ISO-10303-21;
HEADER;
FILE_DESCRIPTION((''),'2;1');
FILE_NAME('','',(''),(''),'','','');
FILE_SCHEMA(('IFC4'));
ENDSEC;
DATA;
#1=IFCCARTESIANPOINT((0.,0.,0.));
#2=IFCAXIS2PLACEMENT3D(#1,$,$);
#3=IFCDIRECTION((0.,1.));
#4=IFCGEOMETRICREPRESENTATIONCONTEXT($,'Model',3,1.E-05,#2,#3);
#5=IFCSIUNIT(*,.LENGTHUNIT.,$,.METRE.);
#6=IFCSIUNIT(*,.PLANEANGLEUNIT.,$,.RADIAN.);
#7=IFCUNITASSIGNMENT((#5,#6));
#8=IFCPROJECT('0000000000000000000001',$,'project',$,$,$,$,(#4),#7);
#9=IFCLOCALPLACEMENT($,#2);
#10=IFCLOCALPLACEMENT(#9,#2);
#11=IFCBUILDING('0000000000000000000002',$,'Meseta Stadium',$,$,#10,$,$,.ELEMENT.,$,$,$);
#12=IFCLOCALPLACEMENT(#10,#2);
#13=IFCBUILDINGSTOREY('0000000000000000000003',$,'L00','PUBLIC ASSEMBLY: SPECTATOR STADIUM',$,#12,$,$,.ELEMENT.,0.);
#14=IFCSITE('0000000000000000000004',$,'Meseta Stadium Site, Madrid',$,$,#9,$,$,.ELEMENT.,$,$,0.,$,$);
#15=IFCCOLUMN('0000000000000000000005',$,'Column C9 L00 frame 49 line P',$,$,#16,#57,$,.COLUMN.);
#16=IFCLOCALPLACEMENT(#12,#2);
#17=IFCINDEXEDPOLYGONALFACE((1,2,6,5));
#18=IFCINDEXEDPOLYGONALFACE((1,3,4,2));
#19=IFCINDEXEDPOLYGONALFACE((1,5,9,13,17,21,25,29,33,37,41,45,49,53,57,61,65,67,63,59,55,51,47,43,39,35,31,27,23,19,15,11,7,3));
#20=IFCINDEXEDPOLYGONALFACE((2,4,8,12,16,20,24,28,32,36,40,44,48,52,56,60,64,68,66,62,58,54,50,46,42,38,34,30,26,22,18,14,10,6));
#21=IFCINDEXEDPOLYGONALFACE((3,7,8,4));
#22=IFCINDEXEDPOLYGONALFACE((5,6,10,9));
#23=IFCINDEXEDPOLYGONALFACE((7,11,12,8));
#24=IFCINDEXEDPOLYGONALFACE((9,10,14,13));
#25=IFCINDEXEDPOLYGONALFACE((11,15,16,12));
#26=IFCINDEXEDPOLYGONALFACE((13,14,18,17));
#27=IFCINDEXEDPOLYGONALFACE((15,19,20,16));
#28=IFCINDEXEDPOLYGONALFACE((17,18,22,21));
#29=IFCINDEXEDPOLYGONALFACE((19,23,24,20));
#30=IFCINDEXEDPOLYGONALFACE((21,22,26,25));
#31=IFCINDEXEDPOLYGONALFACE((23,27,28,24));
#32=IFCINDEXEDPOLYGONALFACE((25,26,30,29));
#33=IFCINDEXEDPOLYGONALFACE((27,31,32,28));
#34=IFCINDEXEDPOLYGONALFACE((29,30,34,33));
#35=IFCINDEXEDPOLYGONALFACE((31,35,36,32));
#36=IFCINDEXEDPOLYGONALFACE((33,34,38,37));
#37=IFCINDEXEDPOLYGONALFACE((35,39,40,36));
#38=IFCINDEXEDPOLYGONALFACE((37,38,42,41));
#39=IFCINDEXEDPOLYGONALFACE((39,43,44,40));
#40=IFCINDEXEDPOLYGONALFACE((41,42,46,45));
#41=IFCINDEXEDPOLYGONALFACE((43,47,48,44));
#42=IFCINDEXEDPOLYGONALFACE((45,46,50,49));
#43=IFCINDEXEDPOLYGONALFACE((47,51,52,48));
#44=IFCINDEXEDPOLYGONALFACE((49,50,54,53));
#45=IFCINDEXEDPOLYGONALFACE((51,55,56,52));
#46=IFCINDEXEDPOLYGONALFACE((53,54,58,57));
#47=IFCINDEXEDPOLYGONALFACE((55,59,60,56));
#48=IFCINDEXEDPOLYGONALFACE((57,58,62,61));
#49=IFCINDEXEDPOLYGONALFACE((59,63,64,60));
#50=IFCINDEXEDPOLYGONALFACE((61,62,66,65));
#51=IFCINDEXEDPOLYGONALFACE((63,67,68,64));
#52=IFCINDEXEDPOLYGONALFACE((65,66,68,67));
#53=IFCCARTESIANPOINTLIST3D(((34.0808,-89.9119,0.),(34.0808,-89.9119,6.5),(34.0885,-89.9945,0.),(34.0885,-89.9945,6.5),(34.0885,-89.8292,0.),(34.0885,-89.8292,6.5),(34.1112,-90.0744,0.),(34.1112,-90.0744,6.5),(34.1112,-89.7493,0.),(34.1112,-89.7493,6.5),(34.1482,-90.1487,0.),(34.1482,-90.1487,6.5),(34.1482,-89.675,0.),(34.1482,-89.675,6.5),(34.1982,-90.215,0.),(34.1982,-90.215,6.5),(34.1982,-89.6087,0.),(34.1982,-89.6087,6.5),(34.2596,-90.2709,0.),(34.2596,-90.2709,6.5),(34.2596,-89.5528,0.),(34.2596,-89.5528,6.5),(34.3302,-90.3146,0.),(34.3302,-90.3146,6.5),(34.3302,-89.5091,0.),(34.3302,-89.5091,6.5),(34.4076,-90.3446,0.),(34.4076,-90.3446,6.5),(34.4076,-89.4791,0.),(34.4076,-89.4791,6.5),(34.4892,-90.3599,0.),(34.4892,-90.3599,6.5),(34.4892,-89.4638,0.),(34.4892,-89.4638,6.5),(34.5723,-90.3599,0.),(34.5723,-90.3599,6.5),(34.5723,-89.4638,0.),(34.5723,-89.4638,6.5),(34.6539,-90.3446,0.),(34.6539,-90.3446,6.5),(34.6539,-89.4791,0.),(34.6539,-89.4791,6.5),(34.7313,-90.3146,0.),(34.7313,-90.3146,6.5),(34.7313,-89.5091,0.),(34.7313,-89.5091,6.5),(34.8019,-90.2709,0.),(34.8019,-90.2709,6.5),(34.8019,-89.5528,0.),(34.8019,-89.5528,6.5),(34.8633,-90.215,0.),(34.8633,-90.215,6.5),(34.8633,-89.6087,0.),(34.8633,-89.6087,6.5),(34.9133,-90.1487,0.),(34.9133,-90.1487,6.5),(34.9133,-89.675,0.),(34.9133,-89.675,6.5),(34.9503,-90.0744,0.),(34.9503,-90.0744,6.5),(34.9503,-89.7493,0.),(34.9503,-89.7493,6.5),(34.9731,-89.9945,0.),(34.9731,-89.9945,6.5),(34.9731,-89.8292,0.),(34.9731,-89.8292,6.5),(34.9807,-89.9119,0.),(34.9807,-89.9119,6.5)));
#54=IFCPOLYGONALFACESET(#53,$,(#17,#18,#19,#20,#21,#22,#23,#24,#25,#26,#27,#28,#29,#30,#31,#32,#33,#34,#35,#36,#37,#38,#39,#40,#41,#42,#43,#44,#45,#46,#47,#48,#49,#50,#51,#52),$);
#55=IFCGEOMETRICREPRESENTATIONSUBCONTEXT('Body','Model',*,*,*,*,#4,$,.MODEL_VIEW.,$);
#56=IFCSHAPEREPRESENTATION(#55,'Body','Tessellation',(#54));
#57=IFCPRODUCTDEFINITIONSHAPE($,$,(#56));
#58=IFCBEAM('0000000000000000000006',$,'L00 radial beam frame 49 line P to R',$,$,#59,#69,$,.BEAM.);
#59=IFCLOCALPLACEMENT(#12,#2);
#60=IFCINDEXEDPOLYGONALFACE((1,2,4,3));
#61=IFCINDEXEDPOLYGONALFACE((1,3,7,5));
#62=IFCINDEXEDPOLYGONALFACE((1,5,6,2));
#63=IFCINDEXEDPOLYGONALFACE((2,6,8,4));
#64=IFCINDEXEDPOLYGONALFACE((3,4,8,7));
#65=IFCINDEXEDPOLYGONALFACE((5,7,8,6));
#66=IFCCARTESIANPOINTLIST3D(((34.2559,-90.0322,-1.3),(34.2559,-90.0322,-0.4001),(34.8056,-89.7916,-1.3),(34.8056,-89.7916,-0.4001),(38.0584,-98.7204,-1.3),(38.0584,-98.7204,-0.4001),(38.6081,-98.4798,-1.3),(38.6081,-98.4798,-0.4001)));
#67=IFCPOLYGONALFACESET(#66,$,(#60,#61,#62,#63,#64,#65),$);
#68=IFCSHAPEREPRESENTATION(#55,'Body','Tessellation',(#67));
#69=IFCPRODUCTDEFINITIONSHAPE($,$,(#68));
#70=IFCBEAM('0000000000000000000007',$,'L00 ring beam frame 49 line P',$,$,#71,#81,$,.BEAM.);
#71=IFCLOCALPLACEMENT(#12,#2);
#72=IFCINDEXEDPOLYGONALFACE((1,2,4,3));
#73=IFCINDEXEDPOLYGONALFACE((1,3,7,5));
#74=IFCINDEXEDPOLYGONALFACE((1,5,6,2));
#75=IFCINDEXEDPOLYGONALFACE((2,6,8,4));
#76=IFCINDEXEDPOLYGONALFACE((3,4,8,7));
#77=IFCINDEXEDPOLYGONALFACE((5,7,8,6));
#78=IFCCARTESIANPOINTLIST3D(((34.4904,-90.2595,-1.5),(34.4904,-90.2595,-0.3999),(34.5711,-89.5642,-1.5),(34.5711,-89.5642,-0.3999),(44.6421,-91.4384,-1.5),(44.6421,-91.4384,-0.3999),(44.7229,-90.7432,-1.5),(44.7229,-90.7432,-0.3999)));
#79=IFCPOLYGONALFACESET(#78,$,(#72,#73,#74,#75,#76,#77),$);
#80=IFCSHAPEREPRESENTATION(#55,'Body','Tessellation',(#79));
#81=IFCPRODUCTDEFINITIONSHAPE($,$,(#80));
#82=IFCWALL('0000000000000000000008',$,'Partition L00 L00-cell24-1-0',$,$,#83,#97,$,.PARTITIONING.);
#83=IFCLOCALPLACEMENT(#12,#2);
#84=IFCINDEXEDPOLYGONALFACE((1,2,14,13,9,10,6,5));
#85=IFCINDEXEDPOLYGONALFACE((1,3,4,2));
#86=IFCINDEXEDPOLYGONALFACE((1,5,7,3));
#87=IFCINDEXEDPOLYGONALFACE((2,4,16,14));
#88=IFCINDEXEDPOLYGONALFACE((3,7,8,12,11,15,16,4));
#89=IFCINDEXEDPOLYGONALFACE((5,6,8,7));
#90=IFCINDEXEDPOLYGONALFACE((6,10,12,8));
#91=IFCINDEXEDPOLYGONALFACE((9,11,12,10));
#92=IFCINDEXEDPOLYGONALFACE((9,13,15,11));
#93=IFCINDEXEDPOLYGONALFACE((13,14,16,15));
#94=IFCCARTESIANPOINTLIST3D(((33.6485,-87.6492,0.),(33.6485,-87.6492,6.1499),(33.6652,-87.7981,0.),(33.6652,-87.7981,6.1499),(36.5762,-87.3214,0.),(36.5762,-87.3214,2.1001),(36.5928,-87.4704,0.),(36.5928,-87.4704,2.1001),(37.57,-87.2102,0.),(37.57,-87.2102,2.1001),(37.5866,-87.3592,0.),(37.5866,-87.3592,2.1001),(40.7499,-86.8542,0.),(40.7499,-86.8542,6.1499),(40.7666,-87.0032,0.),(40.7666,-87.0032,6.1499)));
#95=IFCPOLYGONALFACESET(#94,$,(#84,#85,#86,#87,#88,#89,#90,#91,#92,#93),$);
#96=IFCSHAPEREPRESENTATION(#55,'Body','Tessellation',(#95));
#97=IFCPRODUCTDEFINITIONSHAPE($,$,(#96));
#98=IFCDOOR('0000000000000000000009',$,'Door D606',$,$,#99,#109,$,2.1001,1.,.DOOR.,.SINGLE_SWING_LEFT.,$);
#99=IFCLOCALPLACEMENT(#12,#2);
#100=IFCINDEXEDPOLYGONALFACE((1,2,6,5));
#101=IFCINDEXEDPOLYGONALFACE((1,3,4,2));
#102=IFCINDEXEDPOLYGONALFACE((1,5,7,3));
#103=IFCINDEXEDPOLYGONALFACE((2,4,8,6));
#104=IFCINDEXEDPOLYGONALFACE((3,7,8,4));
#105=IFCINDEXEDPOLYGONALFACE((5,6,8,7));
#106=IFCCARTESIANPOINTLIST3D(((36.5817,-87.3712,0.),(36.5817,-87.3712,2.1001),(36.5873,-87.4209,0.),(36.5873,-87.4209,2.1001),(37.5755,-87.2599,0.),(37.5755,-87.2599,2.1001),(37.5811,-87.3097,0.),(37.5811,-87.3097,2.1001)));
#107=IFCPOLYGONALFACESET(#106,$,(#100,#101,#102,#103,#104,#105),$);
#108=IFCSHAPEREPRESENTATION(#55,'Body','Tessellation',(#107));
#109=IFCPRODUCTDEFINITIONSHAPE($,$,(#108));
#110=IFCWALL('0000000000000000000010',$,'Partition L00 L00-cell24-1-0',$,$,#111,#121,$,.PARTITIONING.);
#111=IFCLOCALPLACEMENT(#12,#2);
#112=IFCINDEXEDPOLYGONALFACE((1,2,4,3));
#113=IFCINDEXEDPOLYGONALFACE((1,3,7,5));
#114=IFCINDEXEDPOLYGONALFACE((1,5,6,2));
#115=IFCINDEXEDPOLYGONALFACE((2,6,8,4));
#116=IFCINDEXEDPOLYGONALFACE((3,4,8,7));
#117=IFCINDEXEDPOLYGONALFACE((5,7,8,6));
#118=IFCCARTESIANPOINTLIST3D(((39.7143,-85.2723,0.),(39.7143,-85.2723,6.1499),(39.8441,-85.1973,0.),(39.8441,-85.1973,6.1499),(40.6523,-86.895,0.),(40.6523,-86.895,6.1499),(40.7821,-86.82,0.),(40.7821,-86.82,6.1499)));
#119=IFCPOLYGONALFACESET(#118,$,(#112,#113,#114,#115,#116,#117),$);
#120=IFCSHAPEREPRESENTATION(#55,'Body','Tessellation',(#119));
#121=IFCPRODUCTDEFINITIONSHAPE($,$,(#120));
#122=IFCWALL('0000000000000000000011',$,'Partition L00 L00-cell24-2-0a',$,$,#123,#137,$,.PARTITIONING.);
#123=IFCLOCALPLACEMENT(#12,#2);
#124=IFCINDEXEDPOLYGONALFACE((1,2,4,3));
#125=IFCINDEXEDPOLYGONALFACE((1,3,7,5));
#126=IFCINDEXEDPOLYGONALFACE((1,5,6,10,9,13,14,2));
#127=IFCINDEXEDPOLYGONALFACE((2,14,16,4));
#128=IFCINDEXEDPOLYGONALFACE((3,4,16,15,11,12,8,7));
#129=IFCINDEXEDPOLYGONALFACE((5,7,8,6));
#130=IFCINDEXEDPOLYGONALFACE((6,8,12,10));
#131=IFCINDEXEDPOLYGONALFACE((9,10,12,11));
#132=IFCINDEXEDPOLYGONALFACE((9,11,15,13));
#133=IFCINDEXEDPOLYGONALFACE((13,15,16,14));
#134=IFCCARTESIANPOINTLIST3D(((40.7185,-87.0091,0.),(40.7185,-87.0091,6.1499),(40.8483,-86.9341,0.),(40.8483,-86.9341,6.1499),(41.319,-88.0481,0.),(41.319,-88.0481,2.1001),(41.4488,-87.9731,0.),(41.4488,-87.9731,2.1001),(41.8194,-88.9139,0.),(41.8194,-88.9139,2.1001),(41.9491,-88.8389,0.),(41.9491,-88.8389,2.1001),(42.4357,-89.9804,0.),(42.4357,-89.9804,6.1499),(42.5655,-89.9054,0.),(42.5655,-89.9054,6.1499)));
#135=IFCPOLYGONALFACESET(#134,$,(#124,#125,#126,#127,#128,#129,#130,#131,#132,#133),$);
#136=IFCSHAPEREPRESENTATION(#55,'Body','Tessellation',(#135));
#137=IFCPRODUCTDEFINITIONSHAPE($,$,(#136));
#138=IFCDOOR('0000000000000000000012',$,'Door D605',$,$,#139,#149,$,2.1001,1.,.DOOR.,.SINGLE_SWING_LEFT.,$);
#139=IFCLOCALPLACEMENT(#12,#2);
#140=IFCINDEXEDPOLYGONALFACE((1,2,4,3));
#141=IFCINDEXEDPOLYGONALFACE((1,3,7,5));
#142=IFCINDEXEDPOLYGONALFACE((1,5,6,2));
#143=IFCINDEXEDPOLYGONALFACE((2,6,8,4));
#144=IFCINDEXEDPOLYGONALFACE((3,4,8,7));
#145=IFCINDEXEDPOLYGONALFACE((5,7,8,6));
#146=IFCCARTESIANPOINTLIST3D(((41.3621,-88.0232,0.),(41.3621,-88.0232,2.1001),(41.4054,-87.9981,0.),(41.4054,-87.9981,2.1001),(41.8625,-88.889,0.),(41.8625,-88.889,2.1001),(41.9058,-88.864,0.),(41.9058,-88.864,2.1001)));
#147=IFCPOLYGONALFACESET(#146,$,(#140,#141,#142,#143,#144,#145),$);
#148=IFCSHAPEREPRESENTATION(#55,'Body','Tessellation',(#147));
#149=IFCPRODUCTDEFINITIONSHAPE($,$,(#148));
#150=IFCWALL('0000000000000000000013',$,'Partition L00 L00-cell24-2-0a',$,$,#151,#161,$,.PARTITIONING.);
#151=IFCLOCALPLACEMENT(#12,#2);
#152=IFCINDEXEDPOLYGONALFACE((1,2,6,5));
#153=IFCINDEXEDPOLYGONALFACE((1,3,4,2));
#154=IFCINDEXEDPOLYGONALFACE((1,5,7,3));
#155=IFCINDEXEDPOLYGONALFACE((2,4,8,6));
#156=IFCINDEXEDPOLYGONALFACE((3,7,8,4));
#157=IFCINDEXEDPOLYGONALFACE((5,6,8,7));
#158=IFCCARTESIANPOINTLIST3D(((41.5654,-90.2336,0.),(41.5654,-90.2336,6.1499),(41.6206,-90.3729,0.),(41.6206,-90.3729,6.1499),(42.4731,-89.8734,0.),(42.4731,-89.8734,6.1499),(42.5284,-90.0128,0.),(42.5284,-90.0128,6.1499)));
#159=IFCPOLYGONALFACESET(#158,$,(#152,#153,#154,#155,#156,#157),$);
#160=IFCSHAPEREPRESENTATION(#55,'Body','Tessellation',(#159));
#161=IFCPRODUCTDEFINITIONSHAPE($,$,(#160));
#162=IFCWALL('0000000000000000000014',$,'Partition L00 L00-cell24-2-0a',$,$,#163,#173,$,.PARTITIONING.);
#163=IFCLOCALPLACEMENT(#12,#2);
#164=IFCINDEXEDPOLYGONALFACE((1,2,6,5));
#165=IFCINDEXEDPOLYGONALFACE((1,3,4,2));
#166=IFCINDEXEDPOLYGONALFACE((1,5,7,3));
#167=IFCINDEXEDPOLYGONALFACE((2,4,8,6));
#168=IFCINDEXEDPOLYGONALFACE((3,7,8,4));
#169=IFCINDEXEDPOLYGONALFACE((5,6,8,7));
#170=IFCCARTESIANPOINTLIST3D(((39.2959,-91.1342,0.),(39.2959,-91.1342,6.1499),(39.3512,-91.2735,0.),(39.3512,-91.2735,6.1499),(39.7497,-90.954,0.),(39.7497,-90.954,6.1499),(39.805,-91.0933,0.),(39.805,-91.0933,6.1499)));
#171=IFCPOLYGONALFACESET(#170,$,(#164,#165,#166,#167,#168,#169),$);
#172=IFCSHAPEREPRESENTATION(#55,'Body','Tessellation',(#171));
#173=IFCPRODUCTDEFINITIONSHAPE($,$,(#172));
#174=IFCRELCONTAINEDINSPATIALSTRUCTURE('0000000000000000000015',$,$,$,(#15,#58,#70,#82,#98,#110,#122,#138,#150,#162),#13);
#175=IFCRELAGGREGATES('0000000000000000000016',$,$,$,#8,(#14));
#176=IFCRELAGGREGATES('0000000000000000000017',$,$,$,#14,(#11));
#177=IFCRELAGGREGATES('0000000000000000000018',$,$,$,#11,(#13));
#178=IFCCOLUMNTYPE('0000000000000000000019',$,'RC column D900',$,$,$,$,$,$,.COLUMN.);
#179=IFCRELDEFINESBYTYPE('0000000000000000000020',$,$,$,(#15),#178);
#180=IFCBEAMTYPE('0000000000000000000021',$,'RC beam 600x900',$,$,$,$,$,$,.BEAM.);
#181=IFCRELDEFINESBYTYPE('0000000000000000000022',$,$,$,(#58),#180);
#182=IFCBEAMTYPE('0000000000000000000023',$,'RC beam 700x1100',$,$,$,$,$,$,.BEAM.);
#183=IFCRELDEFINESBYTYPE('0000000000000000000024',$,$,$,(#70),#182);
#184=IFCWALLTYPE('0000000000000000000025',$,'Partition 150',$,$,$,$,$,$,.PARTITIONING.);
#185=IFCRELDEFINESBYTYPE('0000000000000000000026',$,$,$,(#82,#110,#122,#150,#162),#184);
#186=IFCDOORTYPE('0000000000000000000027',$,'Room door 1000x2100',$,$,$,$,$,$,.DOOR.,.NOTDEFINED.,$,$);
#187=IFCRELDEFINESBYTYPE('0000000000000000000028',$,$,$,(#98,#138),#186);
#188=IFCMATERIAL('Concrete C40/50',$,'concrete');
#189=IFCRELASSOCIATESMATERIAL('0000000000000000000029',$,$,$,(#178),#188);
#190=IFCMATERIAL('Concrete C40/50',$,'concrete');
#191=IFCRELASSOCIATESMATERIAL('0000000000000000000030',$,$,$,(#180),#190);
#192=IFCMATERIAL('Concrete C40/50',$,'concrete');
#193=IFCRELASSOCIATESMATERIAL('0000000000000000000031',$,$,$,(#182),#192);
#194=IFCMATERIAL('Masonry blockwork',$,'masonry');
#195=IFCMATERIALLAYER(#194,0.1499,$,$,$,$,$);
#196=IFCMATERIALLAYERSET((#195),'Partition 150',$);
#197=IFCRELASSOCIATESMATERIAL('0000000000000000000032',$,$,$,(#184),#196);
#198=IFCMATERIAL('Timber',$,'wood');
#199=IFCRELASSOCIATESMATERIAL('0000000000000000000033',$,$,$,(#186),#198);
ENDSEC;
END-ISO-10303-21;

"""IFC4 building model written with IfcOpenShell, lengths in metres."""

from ifc_helpers import new_model, si_unit, direction, frame, frame_2d, origin, origin_2d, place, context, subcontext, project, spatial, rectangle, circle, extrude, material, layer, layer_set, material_profile, profile_set, type_object, element, fill, save


model = new_model("IFC4")

# Units and contexts
model_context = context("Model", 3, precision=1e-05, world=origin(), true_north=direction((0.0, 1.0)))
body_context = subcontext(model_context, "Body", "Model", "MODEL_VIEW")
ifc_project = project(units=[si_unit("LENGTHUNIT", "METRE"), si_unit("PLANEANGLEUNIT", "RADIAN")], contexts=[model_context])

# Site, building, storey
site_placement = place(None, origin())
site = spatial("IfcSite", under=ifc_project, at=site_placement, Name="Meseta Stadium Site, Madrid", CompositionType="ELEMENT", RefElevation=0.0)
building_placement = place(site_placement, origin())
building = spatial("IfcBuilding", under=site, at=building_placement, Name="Meseta Stadium", CompositionType="ELEMENT")
storey_placement = place(building_placement, origin())
storey = spatial("IfcBuildingStorey", under=building, at=storey_placement, Name="L00", Description="PUBLIC ASSEMBLY: SPECTATOR STADIUM", CompositionType="ELEMENT", Elevation=0.0)

# Column
ifc_material_1 = material(Name="Concrete C40/50", Category="concrete")
ifc_material_profile_1 = material_profile(ifc_material_1, circle(Radius=0.45, at=origin_2d()), Name="RC D900")
ifc_profile_set_1 = profile_set([ifc_material_profile_1], Name="Concrete C40/50")
column_type = type_object("IfcColumnType", Name="RC column D900", PredefinedType="COLUMN", material=ifc_profile_set_1)
column_placement = place(storey_placement, frame((34.5308, -89.9119, 0.0), z_axis=(0.0, 0.0, 1.0), x_axis=(1.0, 0.0, 0.0)))
element("IfcColumn", 1, at=column_placement, inside=storey, type_object=column_type, Name="Column C9 L00 frame 49 line P", PredefinedType="COLUMN", context=body_context, shape_type="SweptSolid", body=[
    extrude(circle(Radius=0.45, at=origin_2d()), origin(), (0.0, 0.0, 1.0), 6.5),
])

# Beams
ifc_material_2 = material(Name="Concrete C40/50", Category="concrete")
ifc_material_profile_2 = material_profile(ifc_material_2, rectangle(XDim=0.6001, YDim=0.8999, at=origin_2d()), Name="RC 600x900")
ifc_profile_set_2 = profile_set([ifc_material_profile_2], Name="Concrete C40/50")
beam_type_1 = type_object("IfcBeamType", Name="RC beam 600x900", PredefinedType="BEAM", material=ifc_profile_set_2)
beam_1_placement = place(storey_placement, frame((34.5308, -89.9119, -0.8501), z_axis=(0.400942, -0.916104, 0.0), x_axis=(0.916104, 0.400942, 0.0)))
element("IfcBeam", 2, at=beam_1_placement, inside=storey, type_object=beam_type_1, Name="L00 radial beam frame 49 line P to R", PredefinedType="BEAM", context=body_context, shape_type="SweptSolid", body=[
    extrude(rectangle(XDim=0.6001, YDim=0.8999, at=origin_2d()), origin(), (0.0, 0.0, 1.0), 9.4839),
])
ifc_material_3 = material(Name="Concrete C40/50", Category="concrete")
ifc_material_profile_3 = material_profile(ifc_material_3, rectangle(XDim=0.7, YDim=1.1001, at=origin_2d()), Name="RC 700x1100")
ifc_profile_set_3 = profile_set([ifc_material_profile_3], Name="Concrete C40/50")
beam_type_2 = type_object("IfcBeamType", Name="RC beam 700x1100", PredefinedType="BEAM", material=ifc_profile_set_3)
beam_2_placement = place(storey_placement, frame((34.5308, -89.9119, -0.95), z_axis=(0.993324, -0.115357, 0.0), x_axis=(0.115357, 0.993324, 0.0)))
element("IfcBeam", 3, at=beam_2_placement, inside=storey, type_object=beam_type_2, Name="L00 ring beam frame 49 line P", PredefinedType="BEAM", context=body_context, shape_type="SweptSolid", body=[
    extrude(rectangle(XDim=0.7, YDim=1.1001, at=origin_2d()), origin(), (0.0, 0.0, 1.0), 10.22),
])

# Wall, opening, door
ifc_material_4 = material(Name="Masonry blockwork", Category="masonry")
ifc_layer = layer(ifc_material_4, 0.1499)
ifc_layer_set = layer_set([ifc_layer], Name="Partition 150")
wall_type = type_object("IfcWallType", Name="Partition 150", PredefinedType="PARTITIONING", material=ifc_layer_set)
wall_1_placement = place(storey_placement, frame((33.657, -87.7236, 0.0), z_axis=(0.0, 0.0, 1.0), x_axis=(0.993793, 0.111245, 0.0)))
wall_1 = element("IfcWall", 4, at=wall_1_placement, inside=storey, type_object=wall_type, Name="Partition L00 L00-cell24-1-0", PredefinedType="PARTITIONING", context=body_context, shape_type="SweptSolid", body=[
    extrude(rectangle(XDim=7.1458, YDim=0.1499, at=frame_2d((3.5728, 0.0))), origin(), (0.0, 0.0, 1.0), 6.1499),
])
opening_1_placement = place(wall_1_placement, frame((2.9458, 0.0, 0.0)))
opening_1 = element("IfcOpeningElement", 5, at=opening_1_placement, cuts=wall_1, PredefinedType="OPENING", context=body_context, shape_type="SweptSolid", body=[
    extrude(rectangle(XDim=1.0, YDim=2.1001, at=frame_2d((0.5, 1.05))), frame((0.0, 0.085, 0.0), z_axis=(0.0, -1.0, 0.0), x_axis=(1.0, 0.0, 0.0)), (0.0, 0.0, 1.0), 0.1699),
])
ifc_material_5 = material(Name="Timber", Category="wood")
door_type_1 = type_object("IfcDoorType", Name="Room door 1000x2100", OperationType="NOTDEFINED", PredefinedType="DOOR", material=ifc_material_5)
door_1_placement = place(opening_1_placement, origin())
door_1 = element("IfcDoor", 6, at=door_1_placement, inside=storey, type_object=door_type_1, Name="Door D606", OperationType="SINGLE_SWING_LEFT", OverallHeight=2.1001, OverallWidth=1.0, PredefinedType="DOOR", context=body_context, shape_type="SweptSolid", body=[
    extrude(rectangle(XDim=1.0, YDim=2.1001, at=frame_2d((0.5, 1.05))), frame((0.0, 0.0249, 0.0), z_axis=(0.0, -1.0, 0.0), x_axis=(1.0, 0.0, 0.0)), (0.0, 0.0, 1.0), 0.05),
])
fill(opening_1, door_1)

# Wall
wall_2_placement = place(storey_placement, frame((39.7793, -85.2349, 0.0), z_axis=(0.0, 0.0, 1.0), x_axis=(0.500425, -0.86578, 0.0)))
element("IfcWall", 7, at=wall_2_placement, inside=storey, type_object=wall_type, Name="Partition L00 L00-cell24-1-0", PredefinedType="PARTITIONING", context=body_context, shape_type="SweptSolid", body=[
    extrude(rectangle(XDim=1.8743, YDim=0.1499, at=frame_2d((0.937, 0.0))), origin(), (0.0, 0.0, 1.0), 6.1499),
])

# Wall, opening, door
wall_3_placement = place(storey_placement, frame((40.7834, -86.9717, 0.0), z_axis=(0.0, 0.0, 1.0), x_axis=(0.500377, -0.865808, 0.0)))
wall_3 = element("IfcWall", 8, at=wall_3_placement, inside=storey, type_object=wall_type, Name="Partition L00 L00-cell24-2-0a", PredefinedType="PARTITIONING", context=body_context, shape_type="SweptSolid", body=[
    extrude(rectangle(XDim=3.4319, YDim=0.1499, at=frame_2d((1.7158, 0.0))), origin(), (0.0, 0.0, 1.0), 6.1499),
])
opening_2_placement = place(wall_3_placement, frame((1.2, 0.0, 0.0)))
opening_2 = element("IfcOpeningElement", 9, at=opening_2_placement, cuts=wall_3, PredefinedType="OPENING", context=body_context, shape_type="SweptSolid", body=[
    extrude(rectangle(XDim=1.0, YDim=2.1001, at=frame_2d((0.5, 1.05))), frame((0.0, 0.085, 0.0), z_axis=(0.0, -1.0, 0.0), x_axis=(1.0, 0.0, 0.0)), (0.0, 0.0, 1.0), 0.1699),
])
door_2_placement = place(opening_2_placement, origin())
door_2 = element("IfcDoor", 10, at=door_2_placement, inside=storey, type_object=door_type_1, Name="Door D605", OperationType="SINGLE_SWING_LEFT", OverallHeight=2.1001, OverallWidth=1.0, PredefinedType="DOOR", context=body_context, shape_type="SweptSolid", body=[
    extrude(rectangle(XDim=1.0, YDim=2.1001, at=frame_2d((0.5, 1.05))), frame((0.0, 0.0249, 0.0), z_axis=(0.0, -1.0, 0.0), x_axis=(1.0, 0.0, 0.0)), (0.0, 0.0, 1.0), 0.05),
])
fill(opening_2, door_2)

# Walls
wall_4_placement = place(storey_placement, frame((42.5007, -89.9431, 0.0), z_axis=(0.0, 0.0, 1.0), x_axis=(-0.929525, -0.36876, 0.0)))
element("IfcWall", 11, at=wall_4_placement, inside=storey, type_object=wall_type, Name="Partition L00 L00-cell24-2-0a", PredefinedType="PARTITIONING", context=body_context, shape_type="SweptSolid", body=[
    extrude(rectangle(XDim=0.9766, YDim=0.1499, at=frame_2d((0.4883, 0.0))), origin(), (0.0, 0.0, 1.0), 6.1499),
])
wall_5_placement = place(storey_placement, frame((39.7773, -91.0237, 0.0), z_axis=(0.0, 0.0, 1.0), x_axis=(-0.929439, -0.368976, 0.0)))
element("IfcWall", 12, at=wall_5_placement, inside=storey, type_object=wall_type, Name="Partition L00 L00-cell24-2-0a", PredefinedType="PARTITIONING", context=body_context, shape_type="SweptSolid", body=[
    extrude(rectangle(XDim=0.4883, YDim=0.1499, at=frame_2d((0.2441, 0.0))), origin(), (0.0, 0.0, 1.0), 6.1499),
])

save(model, "model.ifc")
